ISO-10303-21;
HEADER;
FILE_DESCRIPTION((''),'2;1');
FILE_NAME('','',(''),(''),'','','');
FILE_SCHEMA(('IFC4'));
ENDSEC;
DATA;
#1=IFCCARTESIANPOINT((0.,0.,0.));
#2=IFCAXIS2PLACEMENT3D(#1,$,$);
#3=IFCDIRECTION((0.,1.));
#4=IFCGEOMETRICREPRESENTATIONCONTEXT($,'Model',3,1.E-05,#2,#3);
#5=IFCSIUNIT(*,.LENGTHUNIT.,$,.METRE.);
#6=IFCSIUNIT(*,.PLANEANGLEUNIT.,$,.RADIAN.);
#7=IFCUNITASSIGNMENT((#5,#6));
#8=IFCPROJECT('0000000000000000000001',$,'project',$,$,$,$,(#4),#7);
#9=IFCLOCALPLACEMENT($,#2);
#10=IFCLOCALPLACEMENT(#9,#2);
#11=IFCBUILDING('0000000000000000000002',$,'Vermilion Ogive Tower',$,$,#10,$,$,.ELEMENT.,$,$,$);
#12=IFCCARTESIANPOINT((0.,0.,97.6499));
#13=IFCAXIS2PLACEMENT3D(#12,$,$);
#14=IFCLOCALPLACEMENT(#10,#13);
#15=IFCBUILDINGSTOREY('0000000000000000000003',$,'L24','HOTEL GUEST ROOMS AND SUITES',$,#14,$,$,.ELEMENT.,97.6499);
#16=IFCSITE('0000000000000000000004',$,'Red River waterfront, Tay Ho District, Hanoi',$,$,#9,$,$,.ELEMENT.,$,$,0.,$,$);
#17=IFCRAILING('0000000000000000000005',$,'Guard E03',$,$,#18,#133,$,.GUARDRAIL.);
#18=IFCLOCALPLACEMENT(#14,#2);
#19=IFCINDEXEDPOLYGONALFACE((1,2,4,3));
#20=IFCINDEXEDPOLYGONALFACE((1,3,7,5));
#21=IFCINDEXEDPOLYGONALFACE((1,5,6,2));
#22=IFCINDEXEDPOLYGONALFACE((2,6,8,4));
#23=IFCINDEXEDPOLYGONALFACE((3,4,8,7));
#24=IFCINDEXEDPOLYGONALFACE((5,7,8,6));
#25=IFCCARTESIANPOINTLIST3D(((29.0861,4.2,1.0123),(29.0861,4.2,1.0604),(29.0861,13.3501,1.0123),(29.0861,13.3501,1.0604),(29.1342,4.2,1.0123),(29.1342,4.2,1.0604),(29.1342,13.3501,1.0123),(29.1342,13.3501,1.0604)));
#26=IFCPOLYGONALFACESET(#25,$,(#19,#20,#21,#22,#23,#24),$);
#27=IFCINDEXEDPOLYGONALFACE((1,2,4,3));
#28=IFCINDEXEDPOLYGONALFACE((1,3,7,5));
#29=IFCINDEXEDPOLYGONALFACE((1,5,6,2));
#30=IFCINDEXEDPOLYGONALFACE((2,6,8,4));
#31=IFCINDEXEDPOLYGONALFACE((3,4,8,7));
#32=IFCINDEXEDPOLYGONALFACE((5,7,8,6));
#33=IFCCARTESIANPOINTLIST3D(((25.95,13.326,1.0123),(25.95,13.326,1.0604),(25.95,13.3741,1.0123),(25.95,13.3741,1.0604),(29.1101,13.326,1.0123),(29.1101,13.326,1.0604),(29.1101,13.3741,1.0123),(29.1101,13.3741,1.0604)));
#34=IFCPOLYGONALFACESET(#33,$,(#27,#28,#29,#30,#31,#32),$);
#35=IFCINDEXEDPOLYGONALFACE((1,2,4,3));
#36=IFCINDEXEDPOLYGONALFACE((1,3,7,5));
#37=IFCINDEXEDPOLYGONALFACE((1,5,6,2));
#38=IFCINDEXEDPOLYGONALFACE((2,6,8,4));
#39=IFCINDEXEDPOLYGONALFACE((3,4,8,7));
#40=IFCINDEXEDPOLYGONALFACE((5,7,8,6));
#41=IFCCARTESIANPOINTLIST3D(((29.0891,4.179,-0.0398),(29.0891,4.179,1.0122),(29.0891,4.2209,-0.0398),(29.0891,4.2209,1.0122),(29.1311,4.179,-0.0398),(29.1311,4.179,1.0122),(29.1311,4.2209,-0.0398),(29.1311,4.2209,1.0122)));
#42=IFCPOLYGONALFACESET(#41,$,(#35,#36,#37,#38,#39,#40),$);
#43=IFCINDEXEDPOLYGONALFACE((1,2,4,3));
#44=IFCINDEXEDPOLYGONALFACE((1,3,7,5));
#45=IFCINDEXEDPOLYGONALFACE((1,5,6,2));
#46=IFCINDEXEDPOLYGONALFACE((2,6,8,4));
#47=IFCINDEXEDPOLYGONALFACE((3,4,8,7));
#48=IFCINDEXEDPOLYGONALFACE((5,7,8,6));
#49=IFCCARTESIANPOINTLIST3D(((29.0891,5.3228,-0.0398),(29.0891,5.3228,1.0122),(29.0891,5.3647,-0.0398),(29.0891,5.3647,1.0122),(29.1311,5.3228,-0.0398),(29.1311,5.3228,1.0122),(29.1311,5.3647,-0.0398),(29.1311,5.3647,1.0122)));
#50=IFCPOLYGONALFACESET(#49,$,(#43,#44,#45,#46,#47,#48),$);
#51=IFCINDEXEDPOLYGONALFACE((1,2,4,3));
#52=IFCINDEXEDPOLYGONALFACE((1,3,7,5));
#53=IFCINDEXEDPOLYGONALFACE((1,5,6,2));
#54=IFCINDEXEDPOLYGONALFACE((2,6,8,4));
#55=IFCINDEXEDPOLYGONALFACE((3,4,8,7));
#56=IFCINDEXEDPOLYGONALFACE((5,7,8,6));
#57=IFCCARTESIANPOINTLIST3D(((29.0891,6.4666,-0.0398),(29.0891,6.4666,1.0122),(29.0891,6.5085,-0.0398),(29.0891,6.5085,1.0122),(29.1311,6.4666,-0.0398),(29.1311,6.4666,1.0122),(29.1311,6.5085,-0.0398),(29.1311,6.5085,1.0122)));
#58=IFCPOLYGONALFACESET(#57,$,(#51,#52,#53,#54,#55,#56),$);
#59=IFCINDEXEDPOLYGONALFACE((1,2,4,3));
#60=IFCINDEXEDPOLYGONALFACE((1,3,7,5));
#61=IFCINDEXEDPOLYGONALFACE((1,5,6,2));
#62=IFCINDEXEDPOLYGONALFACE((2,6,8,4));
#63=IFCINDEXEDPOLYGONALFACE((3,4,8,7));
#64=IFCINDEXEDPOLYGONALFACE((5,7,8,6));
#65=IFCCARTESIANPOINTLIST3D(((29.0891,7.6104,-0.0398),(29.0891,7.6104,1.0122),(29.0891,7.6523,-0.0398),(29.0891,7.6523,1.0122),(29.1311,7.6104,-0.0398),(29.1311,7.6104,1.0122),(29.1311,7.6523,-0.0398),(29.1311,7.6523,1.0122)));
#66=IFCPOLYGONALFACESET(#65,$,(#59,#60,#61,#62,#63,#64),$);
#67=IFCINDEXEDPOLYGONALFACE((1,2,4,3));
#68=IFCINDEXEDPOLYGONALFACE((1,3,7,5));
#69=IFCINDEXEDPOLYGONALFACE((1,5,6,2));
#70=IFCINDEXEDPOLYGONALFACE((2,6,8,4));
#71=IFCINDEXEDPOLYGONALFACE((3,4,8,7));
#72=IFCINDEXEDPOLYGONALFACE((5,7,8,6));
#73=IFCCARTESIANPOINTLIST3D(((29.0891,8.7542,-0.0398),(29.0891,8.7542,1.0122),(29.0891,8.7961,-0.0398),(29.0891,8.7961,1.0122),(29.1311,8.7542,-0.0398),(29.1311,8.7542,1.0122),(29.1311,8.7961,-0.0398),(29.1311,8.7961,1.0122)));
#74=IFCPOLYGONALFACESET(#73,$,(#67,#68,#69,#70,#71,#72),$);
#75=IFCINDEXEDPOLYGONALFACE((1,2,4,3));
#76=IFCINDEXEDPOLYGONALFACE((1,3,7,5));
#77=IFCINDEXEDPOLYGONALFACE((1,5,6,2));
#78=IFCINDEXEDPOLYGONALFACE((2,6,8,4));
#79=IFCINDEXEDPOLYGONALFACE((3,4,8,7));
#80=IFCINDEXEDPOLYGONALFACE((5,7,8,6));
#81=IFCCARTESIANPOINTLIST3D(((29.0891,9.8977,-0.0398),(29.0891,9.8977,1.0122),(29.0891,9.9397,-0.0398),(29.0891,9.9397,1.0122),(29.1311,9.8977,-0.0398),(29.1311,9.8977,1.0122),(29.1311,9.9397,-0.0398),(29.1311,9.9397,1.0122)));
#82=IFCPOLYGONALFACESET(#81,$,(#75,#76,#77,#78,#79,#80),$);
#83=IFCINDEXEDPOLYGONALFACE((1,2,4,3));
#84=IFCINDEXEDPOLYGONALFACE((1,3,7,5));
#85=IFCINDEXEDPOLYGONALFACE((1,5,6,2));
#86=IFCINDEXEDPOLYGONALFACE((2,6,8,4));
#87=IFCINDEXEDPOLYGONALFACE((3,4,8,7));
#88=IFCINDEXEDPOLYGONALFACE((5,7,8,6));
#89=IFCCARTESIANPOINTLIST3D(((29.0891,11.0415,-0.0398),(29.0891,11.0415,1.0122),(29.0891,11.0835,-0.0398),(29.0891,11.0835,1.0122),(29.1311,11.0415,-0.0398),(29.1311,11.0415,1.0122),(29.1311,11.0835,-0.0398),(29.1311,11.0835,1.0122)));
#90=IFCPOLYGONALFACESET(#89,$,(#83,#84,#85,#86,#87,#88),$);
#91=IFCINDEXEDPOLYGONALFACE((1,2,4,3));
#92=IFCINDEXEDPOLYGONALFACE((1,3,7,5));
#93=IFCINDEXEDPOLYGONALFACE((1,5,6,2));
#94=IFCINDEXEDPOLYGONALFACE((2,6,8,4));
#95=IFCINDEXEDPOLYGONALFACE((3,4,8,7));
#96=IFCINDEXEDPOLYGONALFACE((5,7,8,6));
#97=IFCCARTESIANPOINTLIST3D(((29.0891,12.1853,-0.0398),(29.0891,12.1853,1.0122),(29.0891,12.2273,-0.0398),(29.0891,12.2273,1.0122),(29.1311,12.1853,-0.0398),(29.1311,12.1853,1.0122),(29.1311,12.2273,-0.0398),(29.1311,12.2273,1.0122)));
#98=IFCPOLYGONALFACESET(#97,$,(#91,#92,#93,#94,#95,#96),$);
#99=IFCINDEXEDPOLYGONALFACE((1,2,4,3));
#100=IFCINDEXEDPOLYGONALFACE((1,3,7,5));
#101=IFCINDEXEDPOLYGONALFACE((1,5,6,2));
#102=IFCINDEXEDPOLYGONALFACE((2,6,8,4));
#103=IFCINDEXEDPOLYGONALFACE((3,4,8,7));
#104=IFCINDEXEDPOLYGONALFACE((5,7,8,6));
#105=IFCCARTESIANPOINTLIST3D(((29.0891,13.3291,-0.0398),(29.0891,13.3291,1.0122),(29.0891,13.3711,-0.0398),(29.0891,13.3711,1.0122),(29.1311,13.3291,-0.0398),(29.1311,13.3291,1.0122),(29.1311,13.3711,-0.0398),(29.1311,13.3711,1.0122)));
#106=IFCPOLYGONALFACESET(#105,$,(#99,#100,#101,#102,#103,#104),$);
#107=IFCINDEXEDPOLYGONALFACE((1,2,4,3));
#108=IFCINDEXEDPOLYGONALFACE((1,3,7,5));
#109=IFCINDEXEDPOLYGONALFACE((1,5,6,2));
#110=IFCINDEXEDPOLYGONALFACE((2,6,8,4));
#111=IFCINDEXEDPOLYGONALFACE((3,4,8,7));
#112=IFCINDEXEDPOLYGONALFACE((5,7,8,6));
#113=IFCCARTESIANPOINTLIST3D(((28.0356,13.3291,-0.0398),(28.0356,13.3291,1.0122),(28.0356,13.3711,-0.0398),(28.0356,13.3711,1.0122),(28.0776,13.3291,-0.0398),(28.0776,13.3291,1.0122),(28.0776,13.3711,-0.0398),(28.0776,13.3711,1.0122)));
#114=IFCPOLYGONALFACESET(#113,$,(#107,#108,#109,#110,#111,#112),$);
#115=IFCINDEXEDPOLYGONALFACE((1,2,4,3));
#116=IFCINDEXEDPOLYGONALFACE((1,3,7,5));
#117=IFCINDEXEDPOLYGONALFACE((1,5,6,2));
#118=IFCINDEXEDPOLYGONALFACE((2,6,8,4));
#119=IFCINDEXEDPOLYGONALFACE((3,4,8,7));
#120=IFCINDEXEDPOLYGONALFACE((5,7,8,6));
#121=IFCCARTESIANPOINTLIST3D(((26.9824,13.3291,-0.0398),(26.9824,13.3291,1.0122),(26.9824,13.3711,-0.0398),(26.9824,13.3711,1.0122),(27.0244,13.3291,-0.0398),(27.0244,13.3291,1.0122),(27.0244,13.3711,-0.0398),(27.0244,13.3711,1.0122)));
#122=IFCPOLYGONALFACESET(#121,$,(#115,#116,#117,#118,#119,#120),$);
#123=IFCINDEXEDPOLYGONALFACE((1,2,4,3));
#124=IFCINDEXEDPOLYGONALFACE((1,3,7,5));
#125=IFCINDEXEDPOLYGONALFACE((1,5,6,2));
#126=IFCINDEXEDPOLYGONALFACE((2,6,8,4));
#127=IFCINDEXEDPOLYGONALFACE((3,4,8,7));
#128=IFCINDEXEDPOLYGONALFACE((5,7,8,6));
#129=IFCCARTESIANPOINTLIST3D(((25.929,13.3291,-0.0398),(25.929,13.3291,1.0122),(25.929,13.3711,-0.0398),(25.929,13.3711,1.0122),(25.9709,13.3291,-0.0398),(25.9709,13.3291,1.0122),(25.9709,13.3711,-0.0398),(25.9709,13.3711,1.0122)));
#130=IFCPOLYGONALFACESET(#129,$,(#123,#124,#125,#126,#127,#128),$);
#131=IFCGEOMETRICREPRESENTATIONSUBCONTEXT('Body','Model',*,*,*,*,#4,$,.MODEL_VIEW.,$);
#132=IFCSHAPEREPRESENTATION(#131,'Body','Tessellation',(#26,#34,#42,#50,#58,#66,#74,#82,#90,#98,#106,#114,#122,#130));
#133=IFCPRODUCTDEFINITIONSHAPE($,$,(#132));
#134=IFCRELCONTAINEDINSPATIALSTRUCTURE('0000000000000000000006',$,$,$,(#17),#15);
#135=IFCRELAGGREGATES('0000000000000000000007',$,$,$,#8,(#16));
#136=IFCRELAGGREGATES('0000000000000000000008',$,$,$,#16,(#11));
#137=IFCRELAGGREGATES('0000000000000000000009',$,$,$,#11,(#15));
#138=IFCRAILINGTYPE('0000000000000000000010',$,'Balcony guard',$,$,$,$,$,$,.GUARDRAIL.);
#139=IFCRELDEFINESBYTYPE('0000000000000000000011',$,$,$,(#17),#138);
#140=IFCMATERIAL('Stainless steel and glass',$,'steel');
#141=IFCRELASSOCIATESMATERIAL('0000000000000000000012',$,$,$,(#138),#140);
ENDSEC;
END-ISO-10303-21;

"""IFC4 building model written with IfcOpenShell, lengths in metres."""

from ifc_helpers import new_model, si_unit, direction, frame, origin, origin_2d, place, context, subcontext, project, spatial, rectangle, extrude, material, type_object, element, save


model = new_model("IFC4")

# Units and contexts
model_context = context("Model", 3, precision=1e-05, world=origin(), true_north=direction((0.0, 1.0)))
body_context = subcontext(model_context, "Body", "Model", "MODEL_VIEW")
ifc_project = project(units=[si_unit("LENGTHUNIT", "METRE"), si_unit("PLANEANGLEUNIT", "RADIAN")], contexts=[model_context])

# Site, building, storey
site_placement = place(None, origin())
site = spatial("IfcSite", under=ifc_project, at=site_placement, Name="Red River waterfront, Tay Ho District, Hanoi", CompositionType="ELEMENT", RefElevation=0.0)
building_placement = place(site_placement, origin())
building = spatial("IfcBuilding", under=site, at=building_placement, Name="Vermilion Ogive Tower", CompositionType="ELEMENT")
storey_placement = place(building_placement, frame((0.0, 0.0, 97.6499)))
storey = spatial("IfcBuildingStorey", under=building, at=storey_placement, Name="L24", Description="HOTEL GUEST ROOMS AND SUITES", CompositionType="ELEMENT", Elevation=97.6499)

# Railing
ifc_material_1 = material(Name="Stainless steel and glass", Category="steel")
railing_type_1 = type_object("IfcRailingType", Name="Balcony guard", PredefinedType="GUARDRAIL", material=ifc_material_1)
railing_1_placement = place(storey_placement, frame((29.1101, 4.2, -0.0398)))
element("IfcRailing", 1, at=railing_1_placement, inside=storey, type_object=railing_type_1, Name="Guard E03", PredefinedType="GUARDRAIL", context=body_context, shape_type="SweptSolid", body=[
    extrude(rectangle(XDim=0.0481, YDim=0.0481, at=origin_2d()), frame((0.0, 0.0, 1.0762), z_axis=(0.0, 1.0, 0.0), x_axis=(-1.0, 0.0, 0.0)), (0.0, 0.0, 1.0), 9.1501),
    extrude(rectangle(XDim=0.0481, YDim=0.0481, at=origin_2d()), frame((0.0, 9.1501, 1.0762), z_axis=(-1.0, 0.0, 0.0), x_axis=(0.0, -1.0, 0.0)), (0.0, 0.0, 1.0), 3.1602),
    extrude(rectangle(XDim=0.042, YDim=0.042, at=origin_2d()), origin(), (0.0, 0.0, 1.0), 1.052),
    extrude(rectangle(XDim=0.042, YDim=0.042, at=origin_2d()), frame((0.0, 1.1438, 0.0)), (0.0, 0.0, 1.0), 1.052),
    extrude(rectangle(XDim=0.042, YDim=0.042, at=origin_2d()), frame((0.0, 2.2876, 0.0)), (0.0, 0.0, 1.0), 1.052),
    extrude(rectangle(XDim=0.042, YDim=0.042, at=origin_2d()), frame((0.0, 3.4314, 0.0)), (0.0, 0.0, 1.0), 1.052),
    extrude(rectangle(XDim=0.042, YDim=0.042, at=origin_2d()), frame((0.0, 4.5752, 0.0)), (0.0, 0.0, 1.0), 1.052),
    extrude(rectangle(XDim=0.042, YDim=0.042, at=origin_2d()), frame((0.0, 5.7188, 0.0)), (0.0, 0.0, 1.0), 1.052),
    extrude(rectangle(XDim=0.042, YDim=0.042, at=origin_2d()), frame((0.0, 6.8625, 0.0)), (0.0, 0.0, 1.0), 1.052),
    extrude(rectangle(XDim=0.042, YDim=0.042, at=origin_2d()), frame((0.0, 8.0063, 0.0)), (0.0, 0.0, 1.0), 1.052),
    extrude(rectangle(XDim=0.042, YDim=0.042, at=origin_2d()), frame((0.0, 9.1501, 0.0)), (0.0, 0.0, 1.0), 1.052),
    extrude(rectangle(XDim=0.042, YDim=0.042, at=origin_2d()), frame((-1.0535, 9.1501, 0.0)), (0.0, 0.0, 1.0), 1.052),
    extrude(rectangle(XDim=0.042, YDim=0.042, at=origin_2d()), frame((-2.1067, 9.1501, 0.0)), (0.0, 0.0, 1.0), 1.052),
    extrude(rectangle(XDim=0.042, YDim=0.042, at=origin_2d()), frame((-3.1602, 9.1501, 0.0)), (0.0, 0.0, 1.0), 1.052),
])

save(model, "model.ifc")
